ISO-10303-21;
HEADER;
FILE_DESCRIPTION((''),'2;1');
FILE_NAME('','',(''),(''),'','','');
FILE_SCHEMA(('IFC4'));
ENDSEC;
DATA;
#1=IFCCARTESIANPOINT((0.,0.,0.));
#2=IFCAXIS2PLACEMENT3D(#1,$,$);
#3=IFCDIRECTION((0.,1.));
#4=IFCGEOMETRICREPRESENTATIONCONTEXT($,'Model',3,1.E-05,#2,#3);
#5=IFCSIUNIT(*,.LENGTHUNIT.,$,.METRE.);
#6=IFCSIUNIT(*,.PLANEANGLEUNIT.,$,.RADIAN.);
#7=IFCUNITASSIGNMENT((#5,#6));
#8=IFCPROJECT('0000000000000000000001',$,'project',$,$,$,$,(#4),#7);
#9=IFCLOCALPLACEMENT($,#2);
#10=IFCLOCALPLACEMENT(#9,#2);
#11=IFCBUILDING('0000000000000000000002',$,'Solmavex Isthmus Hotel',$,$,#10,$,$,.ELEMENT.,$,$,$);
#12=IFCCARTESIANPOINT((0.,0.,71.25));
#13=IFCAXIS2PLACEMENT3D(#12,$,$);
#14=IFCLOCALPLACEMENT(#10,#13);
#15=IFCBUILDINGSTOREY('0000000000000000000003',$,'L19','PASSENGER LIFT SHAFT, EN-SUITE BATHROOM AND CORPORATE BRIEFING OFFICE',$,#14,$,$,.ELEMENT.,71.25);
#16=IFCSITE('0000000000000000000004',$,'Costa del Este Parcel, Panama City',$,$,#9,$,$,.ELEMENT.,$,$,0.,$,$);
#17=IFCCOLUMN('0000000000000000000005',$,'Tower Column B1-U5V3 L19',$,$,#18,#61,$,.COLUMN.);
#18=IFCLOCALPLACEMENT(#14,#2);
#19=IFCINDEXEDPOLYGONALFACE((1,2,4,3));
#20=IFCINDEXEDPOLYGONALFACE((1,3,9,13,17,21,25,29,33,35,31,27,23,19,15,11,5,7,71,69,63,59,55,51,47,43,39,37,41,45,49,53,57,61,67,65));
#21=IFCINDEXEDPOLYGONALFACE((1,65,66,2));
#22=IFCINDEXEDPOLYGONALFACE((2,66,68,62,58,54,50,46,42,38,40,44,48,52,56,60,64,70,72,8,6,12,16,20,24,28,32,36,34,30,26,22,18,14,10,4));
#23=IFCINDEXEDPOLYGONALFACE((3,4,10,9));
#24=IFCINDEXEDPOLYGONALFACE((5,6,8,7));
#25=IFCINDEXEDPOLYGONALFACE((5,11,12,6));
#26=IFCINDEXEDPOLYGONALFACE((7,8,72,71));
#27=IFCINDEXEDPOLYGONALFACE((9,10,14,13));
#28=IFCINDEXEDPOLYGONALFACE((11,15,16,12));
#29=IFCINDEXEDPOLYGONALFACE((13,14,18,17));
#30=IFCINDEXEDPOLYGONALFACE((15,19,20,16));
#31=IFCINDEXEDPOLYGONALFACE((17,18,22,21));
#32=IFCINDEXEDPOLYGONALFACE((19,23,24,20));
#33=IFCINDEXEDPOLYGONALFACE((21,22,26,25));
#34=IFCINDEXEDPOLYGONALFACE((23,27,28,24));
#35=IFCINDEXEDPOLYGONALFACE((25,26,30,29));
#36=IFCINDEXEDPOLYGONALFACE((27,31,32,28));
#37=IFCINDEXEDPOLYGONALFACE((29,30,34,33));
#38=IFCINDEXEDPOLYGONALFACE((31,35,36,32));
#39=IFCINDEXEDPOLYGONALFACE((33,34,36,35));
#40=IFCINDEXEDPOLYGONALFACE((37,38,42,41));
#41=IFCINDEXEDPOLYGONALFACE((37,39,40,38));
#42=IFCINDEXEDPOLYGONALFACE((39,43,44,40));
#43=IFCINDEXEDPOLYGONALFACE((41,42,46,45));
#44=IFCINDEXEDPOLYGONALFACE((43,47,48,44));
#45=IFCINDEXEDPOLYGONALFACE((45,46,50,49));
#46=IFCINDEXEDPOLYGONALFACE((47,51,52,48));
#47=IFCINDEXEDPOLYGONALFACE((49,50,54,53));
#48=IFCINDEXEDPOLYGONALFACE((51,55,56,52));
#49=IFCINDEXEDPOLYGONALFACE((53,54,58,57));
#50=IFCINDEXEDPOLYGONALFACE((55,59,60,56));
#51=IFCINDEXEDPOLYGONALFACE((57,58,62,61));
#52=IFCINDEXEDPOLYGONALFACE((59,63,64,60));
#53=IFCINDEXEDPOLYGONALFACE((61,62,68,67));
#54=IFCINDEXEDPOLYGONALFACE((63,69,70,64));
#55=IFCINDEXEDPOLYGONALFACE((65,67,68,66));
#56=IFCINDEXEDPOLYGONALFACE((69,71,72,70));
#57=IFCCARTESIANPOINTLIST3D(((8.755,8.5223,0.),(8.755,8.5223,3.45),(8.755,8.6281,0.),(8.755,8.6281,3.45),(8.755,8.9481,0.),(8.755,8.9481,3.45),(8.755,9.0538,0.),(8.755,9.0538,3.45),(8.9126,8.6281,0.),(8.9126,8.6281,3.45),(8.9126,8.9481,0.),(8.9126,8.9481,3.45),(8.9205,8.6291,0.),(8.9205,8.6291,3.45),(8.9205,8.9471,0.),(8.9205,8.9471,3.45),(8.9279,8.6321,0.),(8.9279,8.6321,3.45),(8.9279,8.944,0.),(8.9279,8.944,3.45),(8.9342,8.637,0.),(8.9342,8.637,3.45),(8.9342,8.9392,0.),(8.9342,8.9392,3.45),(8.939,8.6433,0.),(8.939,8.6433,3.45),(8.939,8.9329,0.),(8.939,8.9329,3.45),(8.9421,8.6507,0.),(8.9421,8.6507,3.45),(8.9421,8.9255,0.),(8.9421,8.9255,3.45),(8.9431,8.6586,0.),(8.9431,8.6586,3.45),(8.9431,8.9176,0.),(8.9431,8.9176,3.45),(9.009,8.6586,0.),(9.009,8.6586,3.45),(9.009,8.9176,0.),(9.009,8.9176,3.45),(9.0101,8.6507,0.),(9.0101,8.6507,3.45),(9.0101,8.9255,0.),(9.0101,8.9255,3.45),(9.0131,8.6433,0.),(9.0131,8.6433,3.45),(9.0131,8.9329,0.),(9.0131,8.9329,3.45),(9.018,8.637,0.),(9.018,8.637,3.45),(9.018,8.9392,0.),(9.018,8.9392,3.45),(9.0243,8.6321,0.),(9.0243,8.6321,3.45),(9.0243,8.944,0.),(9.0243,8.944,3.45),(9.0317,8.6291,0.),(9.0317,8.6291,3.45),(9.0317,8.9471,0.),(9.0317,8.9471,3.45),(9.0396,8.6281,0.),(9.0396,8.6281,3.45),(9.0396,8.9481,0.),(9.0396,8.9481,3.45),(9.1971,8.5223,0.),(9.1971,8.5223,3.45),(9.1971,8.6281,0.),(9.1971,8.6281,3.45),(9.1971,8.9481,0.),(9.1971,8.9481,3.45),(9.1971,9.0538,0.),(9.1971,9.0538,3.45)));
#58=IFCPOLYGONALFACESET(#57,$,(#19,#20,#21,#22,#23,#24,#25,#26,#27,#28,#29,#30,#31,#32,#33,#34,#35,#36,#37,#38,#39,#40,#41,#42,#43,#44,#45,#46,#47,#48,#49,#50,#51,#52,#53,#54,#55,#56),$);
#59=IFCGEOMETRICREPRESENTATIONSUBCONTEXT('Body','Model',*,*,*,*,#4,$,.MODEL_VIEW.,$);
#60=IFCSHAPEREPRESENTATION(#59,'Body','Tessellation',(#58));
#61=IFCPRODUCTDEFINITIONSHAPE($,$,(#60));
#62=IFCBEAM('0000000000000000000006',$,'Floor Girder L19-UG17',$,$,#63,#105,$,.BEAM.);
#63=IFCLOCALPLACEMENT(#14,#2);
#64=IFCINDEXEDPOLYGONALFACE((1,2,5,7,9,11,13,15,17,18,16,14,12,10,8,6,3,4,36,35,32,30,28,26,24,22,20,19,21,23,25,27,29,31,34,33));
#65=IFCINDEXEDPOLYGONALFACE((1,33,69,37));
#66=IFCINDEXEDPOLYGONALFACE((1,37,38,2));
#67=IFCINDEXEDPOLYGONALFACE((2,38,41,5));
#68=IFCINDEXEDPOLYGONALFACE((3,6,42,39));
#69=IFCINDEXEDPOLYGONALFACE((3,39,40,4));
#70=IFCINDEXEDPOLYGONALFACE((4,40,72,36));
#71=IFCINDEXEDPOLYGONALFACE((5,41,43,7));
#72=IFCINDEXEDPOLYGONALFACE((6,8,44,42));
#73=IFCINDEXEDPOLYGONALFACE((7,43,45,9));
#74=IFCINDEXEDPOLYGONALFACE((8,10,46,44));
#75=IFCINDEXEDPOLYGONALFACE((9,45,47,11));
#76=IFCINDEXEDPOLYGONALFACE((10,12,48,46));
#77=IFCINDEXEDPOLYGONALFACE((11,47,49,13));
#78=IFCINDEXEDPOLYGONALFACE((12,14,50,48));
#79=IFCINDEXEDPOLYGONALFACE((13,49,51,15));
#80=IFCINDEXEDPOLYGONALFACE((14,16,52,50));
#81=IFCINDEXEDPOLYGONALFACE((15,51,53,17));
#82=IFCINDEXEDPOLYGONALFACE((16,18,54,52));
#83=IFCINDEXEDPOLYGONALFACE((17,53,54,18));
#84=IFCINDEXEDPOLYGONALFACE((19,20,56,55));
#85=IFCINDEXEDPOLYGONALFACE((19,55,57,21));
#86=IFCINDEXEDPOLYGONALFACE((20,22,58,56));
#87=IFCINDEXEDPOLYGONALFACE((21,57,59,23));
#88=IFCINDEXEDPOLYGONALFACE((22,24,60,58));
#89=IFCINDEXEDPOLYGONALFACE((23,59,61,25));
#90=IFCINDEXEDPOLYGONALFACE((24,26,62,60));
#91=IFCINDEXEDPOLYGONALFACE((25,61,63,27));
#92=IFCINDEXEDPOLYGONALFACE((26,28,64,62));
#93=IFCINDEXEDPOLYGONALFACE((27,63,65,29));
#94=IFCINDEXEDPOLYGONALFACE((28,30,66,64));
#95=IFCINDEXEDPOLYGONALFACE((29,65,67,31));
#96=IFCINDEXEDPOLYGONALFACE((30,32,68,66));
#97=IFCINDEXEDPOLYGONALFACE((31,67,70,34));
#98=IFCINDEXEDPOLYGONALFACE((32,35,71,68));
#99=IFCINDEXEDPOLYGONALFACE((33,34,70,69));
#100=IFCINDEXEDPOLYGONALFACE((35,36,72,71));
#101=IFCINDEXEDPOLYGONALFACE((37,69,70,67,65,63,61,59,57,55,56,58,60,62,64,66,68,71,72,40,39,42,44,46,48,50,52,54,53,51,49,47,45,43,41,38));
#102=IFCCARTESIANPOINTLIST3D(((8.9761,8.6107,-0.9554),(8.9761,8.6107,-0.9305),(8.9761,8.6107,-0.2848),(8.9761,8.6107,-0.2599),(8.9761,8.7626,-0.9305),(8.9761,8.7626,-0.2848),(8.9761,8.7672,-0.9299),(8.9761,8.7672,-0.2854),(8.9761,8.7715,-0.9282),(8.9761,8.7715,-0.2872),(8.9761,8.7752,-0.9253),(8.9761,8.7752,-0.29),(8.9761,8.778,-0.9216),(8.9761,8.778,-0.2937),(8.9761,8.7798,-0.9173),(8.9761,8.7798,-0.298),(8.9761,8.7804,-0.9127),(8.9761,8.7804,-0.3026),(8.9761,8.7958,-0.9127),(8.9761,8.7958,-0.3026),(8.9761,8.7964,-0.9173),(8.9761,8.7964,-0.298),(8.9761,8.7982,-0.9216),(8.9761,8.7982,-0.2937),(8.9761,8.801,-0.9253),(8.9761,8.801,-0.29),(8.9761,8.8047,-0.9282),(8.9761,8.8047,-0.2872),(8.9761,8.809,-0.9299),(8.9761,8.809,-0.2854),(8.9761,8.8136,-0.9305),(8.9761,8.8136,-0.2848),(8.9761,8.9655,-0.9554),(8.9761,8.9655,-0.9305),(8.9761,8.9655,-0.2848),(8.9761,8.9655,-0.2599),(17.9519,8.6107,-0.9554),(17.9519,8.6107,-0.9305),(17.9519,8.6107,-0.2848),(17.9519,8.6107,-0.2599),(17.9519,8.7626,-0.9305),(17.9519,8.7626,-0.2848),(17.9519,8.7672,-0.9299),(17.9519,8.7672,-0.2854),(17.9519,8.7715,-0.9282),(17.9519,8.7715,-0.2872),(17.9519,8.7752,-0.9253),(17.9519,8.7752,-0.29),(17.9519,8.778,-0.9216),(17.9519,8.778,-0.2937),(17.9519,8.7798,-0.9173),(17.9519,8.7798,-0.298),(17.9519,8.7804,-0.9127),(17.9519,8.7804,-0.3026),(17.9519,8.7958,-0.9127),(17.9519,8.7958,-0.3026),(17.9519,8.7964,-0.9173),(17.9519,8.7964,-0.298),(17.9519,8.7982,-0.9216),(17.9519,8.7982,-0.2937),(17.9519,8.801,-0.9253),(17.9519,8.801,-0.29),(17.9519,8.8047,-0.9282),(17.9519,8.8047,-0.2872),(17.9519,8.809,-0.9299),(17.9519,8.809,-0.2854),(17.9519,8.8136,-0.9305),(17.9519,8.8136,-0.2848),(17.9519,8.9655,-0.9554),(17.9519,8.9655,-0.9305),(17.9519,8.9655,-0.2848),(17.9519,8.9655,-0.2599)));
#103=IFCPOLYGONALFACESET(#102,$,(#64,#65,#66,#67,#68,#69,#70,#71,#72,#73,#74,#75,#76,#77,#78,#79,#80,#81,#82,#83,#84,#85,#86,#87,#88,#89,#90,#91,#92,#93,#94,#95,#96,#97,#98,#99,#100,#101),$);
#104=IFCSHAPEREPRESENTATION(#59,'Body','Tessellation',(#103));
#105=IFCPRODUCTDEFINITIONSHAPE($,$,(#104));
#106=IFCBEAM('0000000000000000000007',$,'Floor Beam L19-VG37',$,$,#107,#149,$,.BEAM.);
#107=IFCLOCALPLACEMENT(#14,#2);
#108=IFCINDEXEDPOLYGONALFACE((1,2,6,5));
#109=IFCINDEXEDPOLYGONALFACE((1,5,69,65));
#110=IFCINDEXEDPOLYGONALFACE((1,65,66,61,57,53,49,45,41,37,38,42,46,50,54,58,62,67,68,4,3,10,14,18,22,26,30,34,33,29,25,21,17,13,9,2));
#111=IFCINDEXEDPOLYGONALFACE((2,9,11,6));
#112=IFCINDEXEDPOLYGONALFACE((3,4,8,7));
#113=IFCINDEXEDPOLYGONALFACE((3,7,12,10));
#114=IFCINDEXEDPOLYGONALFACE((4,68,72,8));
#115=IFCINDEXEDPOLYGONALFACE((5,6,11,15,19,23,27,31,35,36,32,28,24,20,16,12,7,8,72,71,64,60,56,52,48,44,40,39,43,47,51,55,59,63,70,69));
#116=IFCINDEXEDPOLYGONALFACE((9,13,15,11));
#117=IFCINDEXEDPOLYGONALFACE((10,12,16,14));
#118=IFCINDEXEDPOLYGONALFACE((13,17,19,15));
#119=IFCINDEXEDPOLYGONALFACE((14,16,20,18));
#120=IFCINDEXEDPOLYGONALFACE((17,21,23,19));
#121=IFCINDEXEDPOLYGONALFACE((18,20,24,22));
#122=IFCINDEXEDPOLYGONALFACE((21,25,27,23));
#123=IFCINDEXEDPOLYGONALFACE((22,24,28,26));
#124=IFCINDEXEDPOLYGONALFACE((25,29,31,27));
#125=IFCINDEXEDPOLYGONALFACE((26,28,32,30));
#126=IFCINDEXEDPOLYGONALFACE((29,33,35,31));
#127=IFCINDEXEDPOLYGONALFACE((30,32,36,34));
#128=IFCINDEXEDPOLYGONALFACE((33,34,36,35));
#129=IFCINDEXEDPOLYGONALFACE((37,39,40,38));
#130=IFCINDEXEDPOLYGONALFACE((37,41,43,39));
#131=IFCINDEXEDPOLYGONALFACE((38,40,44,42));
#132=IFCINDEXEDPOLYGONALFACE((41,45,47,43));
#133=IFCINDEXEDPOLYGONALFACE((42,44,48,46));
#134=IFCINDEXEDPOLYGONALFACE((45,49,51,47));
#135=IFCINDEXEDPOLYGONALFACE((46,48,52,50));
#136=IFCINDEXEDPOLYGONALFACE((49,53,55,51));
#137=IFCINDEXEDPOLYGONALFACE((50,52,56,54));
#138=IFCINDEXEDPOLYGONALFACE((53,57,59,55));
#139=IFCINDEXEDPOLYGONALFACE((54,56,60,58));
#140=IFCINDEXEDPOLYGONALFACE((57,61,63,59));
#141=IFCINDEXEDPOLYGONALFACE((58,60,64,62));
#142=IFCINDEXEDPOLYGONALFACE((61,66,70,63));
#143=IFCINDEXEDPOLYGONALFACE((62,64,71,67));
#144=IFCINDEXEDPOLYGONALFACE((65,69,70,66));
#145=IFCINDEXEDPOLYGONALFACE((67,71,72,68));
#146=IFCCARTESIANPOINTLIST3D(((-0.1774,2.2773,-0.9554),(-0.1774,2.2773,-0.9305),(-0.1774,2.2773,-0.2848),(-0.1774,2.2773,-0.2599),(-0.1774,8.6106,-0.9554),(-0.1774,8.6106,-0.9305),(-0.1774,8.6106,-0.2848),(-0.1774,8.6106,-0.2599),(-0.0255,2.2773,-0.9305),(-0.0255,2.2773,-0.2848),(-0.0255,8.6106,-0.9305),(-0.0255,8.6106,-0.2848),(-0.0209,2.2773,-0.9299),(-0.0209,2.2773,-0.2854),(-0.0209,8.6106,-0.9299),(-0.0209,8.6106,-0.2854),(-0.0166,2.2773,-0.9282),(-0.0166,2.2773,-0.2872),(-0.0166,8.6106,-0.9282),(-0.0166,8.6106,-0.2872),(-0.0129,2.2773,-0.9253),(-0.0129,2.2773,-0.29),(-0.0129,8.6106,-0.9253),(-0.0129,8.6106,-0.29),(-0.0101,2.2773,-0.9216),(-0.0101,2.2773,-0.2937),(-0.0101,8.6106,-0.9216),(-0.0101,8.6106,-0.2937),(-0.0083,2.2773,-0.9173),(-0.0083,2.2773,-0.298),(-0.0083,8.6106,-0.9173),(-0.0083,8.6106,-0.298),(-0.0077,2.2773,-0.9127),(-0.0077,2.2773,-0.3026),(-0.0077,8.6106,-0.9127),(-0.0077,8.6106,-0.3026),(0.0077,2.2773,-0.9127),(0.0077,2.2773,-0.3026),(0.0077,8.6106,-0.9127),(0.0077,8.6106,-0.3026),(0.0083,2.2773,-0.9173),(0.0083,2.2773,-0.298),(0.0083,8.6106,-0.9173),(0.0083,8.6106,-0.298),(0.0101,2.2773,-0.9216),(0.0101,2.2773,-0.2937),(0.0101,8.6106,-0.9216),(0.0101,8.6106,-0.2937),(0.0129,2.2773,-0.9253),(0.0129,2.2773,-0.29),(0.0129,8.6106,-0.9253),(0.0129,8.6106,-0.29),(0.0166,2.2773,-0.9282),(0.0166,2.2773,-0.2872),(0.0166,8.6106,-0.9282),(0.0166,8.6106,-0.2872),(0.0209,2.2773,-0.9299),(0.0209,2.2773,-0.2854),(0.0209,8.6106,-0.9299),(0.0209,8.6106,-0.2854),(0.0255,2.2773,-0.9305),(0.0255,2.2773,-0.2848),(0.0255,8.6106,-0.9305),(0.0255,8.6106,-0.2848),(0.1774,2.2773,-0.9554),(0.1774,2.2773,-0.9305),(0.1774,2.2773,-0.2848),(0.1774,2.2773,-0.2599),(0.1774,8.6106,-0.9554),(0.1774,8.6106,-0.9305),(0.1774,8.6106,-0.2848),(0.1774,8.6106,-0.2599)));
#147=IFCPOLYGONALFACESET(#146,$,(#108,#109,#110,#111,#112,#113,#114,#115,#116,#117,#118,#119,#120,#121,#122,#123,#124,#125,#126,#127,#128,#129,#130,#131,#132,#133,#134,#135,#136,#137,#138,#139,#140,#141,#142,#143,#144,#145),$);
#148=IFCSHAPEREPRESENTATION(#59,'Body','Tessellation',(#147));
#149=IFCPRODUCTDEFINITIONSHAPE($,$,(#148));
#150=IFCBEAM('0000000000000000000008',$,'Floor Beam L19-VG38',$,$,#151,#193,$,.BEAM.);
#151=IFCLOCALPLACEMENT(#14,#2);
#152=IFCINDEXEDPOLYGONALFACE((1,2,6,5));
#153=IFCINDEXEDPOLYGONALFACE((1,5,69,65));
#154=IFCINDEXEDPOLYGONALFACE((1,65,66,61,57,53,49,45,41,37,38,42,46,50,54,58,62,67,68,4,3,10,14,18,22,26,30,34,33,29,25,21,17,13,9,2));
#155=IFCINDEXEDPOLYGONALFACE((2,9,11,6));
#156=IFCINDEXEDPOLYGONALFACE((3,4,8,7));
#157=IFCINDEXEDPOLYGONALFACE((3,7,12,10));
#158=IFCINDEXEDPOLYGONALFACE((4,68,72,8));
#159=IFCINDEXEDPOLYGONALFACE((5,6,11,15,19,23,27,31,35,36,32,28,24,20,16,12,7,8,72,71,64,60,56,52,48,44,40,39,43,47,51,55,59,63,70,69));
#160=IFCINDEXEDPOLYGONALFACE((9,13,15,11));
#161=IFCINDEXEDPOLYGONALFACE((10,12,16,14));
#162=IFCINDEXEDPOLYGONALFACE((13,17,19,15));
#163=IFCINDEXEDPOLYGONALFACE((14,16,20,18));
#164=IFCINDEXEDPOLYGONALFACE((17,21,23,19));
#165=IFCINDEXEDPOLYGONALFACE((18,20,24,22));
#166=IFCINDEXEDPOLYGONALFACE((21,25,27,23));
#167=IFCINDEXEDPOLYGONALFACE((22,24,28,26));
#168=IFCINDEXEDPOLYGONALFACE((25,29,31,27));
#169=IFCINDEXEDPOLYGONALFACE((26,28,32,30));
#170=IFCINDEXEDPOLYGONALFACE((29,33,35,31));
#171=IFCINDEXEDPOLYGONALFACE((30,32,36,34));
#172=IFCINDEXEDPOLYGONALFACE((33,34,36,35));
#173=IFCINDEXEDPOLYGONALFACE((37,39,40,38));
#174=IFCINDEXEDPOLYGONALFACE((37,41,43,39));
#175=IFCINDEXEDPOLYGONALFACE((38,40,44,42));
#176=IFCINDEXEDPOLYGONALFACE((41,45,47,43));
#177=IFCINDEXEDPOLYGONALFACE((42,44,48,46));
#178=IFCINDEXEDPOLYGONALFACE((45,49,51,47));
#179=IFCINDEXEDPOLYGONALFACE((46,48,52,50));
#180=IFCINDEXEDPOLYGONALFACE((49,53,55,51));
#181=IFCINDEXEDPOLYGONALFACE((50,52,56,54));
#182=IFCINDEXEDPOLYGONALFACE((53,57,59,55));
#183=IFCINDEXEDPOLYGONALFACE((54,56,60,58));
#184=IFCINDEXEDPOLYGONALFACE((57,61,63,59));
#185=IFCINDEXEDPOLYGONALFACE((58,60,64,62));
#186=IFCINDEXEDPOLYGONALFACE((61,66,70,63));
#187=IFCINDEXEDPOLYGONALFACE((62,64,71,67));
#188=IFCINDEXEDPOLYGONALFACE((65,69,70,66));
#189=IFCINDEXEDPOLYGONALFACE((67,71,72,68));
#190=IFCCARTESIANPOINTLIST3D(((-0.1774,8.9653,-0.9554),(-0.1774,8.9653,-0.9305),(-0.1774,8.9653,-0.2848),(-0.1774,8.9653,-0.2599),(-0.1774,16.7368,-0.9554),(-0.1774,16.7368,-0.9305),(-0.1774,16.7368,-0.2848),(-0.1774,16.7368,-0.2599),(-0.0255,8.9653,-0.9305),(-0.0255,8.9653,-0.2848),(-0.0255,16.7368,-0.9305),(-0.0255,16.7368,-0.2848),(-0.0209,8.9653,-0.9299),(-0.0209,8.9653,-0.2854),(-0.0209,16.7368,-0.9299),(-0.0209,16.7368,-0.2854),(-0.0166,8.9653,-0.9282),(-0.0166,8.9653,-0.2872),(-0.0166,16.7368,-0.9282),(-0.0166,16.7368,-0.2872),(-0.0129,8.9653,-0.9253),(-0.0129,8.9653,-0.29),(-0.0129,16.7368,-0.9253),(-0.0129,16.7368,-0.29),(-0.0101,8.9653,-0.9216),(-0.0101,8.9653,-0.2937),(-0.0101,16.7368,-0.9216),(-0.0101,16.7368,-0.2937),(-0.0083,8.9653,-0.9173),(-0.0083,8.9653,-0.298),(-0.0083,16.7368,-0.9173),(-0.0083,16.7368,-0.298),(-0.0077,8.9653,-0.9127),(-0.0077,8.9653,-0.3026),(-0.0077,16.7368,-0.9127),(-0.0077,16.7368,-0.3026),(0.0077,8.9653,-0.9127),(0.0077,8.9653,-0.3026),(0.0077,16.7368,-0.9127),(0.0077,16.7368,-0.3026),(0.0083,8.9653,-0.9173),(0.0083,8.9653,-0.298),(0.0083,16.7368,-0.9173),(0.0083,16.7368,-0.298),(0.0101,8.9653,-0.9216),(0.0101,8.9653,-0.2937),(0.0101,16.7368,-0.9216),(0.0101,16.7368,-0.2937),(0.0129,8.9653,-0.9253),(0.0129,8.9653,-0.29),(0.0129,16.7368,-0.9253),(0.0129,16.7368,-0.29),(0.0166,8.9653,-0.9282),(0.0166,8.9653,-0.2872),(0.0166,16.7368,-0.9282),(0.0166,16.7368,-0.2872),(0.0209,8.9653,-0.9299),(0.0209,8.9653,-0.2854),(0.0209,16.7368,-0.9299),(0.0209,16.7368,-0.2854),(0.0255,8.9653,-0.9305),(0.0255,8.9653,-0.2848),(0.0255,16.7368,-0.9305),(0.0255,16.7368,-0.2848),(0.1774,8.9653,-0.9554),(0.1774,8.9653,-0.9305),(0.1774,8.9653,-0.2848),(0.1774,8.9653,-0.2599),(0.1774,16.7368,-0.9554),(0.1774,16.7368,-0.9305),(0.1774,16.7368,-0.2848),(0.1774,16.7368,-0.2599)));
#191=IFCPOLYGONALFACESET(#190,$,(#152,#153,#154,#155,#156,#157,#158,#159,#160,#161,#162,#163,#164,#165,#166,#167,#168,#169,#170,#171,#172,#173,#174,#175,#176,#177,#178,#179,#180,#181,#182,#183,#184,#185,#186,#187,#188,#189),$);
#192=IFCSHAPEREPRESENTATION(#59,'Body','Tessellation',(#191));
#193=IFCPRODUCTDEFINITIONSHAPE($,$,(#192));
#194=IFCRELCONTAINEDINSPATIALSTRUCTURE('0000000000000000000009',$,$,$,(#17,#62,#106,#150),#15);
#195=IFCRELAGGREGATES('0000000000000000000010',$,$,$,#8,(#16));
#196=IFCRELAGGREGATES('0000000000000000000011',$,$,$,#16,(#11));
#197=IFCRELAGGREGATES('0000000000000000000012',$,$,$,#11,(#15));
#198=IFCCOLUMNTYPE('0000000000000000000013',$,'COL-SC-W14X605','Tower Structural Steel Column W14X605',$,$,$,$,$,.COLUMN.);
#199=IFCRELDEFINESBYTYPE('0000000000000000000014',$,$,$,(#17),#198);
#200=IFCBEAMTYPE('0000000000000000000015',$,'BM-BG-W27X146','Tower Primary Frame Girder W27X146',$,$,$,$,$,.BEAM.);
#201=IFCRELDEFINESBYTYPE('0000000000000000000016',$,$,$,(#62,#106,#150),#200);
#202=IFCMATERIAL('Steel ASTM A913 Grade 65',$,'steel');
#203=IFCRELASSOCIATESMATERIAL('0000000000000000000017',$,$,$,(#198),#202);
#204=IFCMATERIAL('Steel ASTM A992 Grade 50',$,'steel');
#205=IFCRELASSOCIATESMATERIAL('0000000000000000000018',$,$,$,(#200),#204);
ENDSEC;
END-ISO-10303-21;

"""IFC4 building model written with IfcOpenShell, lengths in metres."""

from ifc_helpers import new_model, si_unit, direction, frame, origin, origin_2d, place, context, subcontext, project, spatial, i_section, extrude, material, material_profile, profile_set, type_object, element, save


model = new_model("IFC4")

# Units and contexts
model_context = context("Model", 3, precision=1e-05, world=origin(), true_north=direction((0.0, 1.0)))
body_context = subcontext(model_context, "Body", "Model", "MODEL_VIEW")
ifc_project = project(units=[si_unit("LENGTHUNIT", "METRE"), si_unit("PLANEANGLEUNIT", "RADIAN")], contexts=[model_context])

# Site, building, storey
site_placement = place(None, origin())
site = spatial("IfcSite", under=ifc_project, at=site_placement, Name="Costa del Este Parcel, Panama City", CompositionType="ELEMENT", RefElevation=0.0)
building_placement = place(site_placement, origin())
building = spatial("IfcBuilding", under=site, at=building_placement, Name="Solmavex Isthmus Hotel", CompositionType="ELEMENT")
storey_placement = place(building_placement, frame((0.0, 0.0, 71.25)))
storey = spatial("IfcBuildingStorey", under=building, at=storey_placement, Name="L19", Description="PASSENGER LIFT SHAFT, EN-SUITE BATHROOM AND CORPORATE BRIEFING OFFICE", CompositionType="ELEMENT", Elevation=71.25)

# Column
ifc_material_1 = material(Name="Steel ASTM A913 Grade 65", Category="steel")
ifc_material_profile_1 = material_profile(ifc_material_1, i_section(OverallWidth=0.4421, OverallDepth=0.5315, WebThickness=0.0659, FlangeThickness=0.1057, FilletRadius=0.0305, at=origin_2d()), Name="W14X605")
ifc_profile_set_1 = profile_set([ifc_material_profile_1], Name="Steel ASTM A913 Grade 65")
column_type = type_object("IfcColumnType", Name="COL-SC-W14X605", Description="Tower Structural Steel Column W14X605", PredefinedType="COLUMN", material=ifc_profile_set_1)
column_placement = place(storey_placement, frame((8.9761, 8.7881, 0.0), z_axis=(0.0, 0.0, 1.0), x_axis=(1.0, 0.0, 0.0)))
element("IfcColumn", 1, at=column_placement, inside=storey, type_object=column_type, Name="Tower Column B1-U5V3 L19", PredefinedType="COLUMN", context=body_context, shape_type="SweptSolid", body=[
    extrude(i_section(OverallWidth=0.4421, OverallDepth=0.5315, WebThickness=0.0659, FlangeThickness=0.1057, FilletRadius=0.0305, at=origin_2d()), origin(), (0.0, 0.0, 1.0), 3.45),
])

# Beams
ifc_material_2 = material(Name="Steel ASTM A992 Grade 50", Category="steel")
ifc_material_profile_2 = material_profile(ifc_material_2, i_section(OverallWidth=0.3547, OverallDepth=0.6956, WebThickness=0.0154, FlangeThickness=0.0249, FilletRadius=0.0178, at=origin_2d()), Name="W27X146")
ifc_profile_set_2 = profile_set([ifc_material_profile_2], Name="Steel ASTM A992 Grade 50")
beam_type_1 = type_object("IfcBeamType", Name="BM-BG-W27X146", Description="Tower Primary Frame Girder W27X146", PredefinedType="BEAM", material=ifc_profile_set_2)
beam_1_placement = place(storey_placement, frame((8.9761, 8.7881, -0.6077), z_axis=(1.0, 0.0, 0.0), x_axis=(0.0, 1.0, 0.0)))
element("IfcBeam", 2, at=beam_1_placement, inside=storey, type_object=beam_type_1, Name="Floor Girder L19-UG17", PredefinedType="BEAM", context=body_context, shape_type="SweptSolid", body=[
    extrude(i_section(OverallWidth=0.3547, OverallDepth=0.6956, WebThickness=0.0154, FlangeThickness=0.0249, FilletRadius=0.0178, at=origin_2d()), origin(), (0.0, 0.0, 1.0), 8.9758),
])
beam_2_placement = place(storey_placement, frame((0.0, 2.2773, -0.6077), z_axis=(0.0, 1.0, 0.0), x_axis=(-1.0, 0.0, 0.0)))
element("IfcBeam", 3, at=beam_2_placement, inside=storey, type_object=beam_type_1, Name="Floor Beam L19-VG37", PredefinedType="BEAM", context=body_context, shape_type="SweptSolid", body=[
    extrude(i_section(OverallWidth=0.3547, OverallDepth=0.6956, WebThickness=0.0154, FlangeThickness=0.0249, FilletRadius=0.0178, at=origin_2d()), origin(), (0.0, 0.0, 1.0), 6.3333),
])
beam_3_placement = place(storey_placement, frame((0.0, 8.9653, -0.6077), z_axis=(0.0, 1.0, 0.0), x_axis=(-1.0, 0.0, 0.0)))
element("IfcBeam", 4, at=beam_3_placement, inside=storey, type_object=beam_type_1, Name="Floor Beam L19-VG38", PredefinedType="BEAM", context=body_context, shape_type="SweptSolid", body=[
    extrude(i_section(OverallWidth=0.3547, OverallDepth=0.6956, WebThickness=0.0154, FlangeThickness=0.0249, FilletRadius=0.0178, at=origin_2d()), origin(), (0.0, 0.0, 1.0), 7.7715),
])

save(model, "model.ifc")
